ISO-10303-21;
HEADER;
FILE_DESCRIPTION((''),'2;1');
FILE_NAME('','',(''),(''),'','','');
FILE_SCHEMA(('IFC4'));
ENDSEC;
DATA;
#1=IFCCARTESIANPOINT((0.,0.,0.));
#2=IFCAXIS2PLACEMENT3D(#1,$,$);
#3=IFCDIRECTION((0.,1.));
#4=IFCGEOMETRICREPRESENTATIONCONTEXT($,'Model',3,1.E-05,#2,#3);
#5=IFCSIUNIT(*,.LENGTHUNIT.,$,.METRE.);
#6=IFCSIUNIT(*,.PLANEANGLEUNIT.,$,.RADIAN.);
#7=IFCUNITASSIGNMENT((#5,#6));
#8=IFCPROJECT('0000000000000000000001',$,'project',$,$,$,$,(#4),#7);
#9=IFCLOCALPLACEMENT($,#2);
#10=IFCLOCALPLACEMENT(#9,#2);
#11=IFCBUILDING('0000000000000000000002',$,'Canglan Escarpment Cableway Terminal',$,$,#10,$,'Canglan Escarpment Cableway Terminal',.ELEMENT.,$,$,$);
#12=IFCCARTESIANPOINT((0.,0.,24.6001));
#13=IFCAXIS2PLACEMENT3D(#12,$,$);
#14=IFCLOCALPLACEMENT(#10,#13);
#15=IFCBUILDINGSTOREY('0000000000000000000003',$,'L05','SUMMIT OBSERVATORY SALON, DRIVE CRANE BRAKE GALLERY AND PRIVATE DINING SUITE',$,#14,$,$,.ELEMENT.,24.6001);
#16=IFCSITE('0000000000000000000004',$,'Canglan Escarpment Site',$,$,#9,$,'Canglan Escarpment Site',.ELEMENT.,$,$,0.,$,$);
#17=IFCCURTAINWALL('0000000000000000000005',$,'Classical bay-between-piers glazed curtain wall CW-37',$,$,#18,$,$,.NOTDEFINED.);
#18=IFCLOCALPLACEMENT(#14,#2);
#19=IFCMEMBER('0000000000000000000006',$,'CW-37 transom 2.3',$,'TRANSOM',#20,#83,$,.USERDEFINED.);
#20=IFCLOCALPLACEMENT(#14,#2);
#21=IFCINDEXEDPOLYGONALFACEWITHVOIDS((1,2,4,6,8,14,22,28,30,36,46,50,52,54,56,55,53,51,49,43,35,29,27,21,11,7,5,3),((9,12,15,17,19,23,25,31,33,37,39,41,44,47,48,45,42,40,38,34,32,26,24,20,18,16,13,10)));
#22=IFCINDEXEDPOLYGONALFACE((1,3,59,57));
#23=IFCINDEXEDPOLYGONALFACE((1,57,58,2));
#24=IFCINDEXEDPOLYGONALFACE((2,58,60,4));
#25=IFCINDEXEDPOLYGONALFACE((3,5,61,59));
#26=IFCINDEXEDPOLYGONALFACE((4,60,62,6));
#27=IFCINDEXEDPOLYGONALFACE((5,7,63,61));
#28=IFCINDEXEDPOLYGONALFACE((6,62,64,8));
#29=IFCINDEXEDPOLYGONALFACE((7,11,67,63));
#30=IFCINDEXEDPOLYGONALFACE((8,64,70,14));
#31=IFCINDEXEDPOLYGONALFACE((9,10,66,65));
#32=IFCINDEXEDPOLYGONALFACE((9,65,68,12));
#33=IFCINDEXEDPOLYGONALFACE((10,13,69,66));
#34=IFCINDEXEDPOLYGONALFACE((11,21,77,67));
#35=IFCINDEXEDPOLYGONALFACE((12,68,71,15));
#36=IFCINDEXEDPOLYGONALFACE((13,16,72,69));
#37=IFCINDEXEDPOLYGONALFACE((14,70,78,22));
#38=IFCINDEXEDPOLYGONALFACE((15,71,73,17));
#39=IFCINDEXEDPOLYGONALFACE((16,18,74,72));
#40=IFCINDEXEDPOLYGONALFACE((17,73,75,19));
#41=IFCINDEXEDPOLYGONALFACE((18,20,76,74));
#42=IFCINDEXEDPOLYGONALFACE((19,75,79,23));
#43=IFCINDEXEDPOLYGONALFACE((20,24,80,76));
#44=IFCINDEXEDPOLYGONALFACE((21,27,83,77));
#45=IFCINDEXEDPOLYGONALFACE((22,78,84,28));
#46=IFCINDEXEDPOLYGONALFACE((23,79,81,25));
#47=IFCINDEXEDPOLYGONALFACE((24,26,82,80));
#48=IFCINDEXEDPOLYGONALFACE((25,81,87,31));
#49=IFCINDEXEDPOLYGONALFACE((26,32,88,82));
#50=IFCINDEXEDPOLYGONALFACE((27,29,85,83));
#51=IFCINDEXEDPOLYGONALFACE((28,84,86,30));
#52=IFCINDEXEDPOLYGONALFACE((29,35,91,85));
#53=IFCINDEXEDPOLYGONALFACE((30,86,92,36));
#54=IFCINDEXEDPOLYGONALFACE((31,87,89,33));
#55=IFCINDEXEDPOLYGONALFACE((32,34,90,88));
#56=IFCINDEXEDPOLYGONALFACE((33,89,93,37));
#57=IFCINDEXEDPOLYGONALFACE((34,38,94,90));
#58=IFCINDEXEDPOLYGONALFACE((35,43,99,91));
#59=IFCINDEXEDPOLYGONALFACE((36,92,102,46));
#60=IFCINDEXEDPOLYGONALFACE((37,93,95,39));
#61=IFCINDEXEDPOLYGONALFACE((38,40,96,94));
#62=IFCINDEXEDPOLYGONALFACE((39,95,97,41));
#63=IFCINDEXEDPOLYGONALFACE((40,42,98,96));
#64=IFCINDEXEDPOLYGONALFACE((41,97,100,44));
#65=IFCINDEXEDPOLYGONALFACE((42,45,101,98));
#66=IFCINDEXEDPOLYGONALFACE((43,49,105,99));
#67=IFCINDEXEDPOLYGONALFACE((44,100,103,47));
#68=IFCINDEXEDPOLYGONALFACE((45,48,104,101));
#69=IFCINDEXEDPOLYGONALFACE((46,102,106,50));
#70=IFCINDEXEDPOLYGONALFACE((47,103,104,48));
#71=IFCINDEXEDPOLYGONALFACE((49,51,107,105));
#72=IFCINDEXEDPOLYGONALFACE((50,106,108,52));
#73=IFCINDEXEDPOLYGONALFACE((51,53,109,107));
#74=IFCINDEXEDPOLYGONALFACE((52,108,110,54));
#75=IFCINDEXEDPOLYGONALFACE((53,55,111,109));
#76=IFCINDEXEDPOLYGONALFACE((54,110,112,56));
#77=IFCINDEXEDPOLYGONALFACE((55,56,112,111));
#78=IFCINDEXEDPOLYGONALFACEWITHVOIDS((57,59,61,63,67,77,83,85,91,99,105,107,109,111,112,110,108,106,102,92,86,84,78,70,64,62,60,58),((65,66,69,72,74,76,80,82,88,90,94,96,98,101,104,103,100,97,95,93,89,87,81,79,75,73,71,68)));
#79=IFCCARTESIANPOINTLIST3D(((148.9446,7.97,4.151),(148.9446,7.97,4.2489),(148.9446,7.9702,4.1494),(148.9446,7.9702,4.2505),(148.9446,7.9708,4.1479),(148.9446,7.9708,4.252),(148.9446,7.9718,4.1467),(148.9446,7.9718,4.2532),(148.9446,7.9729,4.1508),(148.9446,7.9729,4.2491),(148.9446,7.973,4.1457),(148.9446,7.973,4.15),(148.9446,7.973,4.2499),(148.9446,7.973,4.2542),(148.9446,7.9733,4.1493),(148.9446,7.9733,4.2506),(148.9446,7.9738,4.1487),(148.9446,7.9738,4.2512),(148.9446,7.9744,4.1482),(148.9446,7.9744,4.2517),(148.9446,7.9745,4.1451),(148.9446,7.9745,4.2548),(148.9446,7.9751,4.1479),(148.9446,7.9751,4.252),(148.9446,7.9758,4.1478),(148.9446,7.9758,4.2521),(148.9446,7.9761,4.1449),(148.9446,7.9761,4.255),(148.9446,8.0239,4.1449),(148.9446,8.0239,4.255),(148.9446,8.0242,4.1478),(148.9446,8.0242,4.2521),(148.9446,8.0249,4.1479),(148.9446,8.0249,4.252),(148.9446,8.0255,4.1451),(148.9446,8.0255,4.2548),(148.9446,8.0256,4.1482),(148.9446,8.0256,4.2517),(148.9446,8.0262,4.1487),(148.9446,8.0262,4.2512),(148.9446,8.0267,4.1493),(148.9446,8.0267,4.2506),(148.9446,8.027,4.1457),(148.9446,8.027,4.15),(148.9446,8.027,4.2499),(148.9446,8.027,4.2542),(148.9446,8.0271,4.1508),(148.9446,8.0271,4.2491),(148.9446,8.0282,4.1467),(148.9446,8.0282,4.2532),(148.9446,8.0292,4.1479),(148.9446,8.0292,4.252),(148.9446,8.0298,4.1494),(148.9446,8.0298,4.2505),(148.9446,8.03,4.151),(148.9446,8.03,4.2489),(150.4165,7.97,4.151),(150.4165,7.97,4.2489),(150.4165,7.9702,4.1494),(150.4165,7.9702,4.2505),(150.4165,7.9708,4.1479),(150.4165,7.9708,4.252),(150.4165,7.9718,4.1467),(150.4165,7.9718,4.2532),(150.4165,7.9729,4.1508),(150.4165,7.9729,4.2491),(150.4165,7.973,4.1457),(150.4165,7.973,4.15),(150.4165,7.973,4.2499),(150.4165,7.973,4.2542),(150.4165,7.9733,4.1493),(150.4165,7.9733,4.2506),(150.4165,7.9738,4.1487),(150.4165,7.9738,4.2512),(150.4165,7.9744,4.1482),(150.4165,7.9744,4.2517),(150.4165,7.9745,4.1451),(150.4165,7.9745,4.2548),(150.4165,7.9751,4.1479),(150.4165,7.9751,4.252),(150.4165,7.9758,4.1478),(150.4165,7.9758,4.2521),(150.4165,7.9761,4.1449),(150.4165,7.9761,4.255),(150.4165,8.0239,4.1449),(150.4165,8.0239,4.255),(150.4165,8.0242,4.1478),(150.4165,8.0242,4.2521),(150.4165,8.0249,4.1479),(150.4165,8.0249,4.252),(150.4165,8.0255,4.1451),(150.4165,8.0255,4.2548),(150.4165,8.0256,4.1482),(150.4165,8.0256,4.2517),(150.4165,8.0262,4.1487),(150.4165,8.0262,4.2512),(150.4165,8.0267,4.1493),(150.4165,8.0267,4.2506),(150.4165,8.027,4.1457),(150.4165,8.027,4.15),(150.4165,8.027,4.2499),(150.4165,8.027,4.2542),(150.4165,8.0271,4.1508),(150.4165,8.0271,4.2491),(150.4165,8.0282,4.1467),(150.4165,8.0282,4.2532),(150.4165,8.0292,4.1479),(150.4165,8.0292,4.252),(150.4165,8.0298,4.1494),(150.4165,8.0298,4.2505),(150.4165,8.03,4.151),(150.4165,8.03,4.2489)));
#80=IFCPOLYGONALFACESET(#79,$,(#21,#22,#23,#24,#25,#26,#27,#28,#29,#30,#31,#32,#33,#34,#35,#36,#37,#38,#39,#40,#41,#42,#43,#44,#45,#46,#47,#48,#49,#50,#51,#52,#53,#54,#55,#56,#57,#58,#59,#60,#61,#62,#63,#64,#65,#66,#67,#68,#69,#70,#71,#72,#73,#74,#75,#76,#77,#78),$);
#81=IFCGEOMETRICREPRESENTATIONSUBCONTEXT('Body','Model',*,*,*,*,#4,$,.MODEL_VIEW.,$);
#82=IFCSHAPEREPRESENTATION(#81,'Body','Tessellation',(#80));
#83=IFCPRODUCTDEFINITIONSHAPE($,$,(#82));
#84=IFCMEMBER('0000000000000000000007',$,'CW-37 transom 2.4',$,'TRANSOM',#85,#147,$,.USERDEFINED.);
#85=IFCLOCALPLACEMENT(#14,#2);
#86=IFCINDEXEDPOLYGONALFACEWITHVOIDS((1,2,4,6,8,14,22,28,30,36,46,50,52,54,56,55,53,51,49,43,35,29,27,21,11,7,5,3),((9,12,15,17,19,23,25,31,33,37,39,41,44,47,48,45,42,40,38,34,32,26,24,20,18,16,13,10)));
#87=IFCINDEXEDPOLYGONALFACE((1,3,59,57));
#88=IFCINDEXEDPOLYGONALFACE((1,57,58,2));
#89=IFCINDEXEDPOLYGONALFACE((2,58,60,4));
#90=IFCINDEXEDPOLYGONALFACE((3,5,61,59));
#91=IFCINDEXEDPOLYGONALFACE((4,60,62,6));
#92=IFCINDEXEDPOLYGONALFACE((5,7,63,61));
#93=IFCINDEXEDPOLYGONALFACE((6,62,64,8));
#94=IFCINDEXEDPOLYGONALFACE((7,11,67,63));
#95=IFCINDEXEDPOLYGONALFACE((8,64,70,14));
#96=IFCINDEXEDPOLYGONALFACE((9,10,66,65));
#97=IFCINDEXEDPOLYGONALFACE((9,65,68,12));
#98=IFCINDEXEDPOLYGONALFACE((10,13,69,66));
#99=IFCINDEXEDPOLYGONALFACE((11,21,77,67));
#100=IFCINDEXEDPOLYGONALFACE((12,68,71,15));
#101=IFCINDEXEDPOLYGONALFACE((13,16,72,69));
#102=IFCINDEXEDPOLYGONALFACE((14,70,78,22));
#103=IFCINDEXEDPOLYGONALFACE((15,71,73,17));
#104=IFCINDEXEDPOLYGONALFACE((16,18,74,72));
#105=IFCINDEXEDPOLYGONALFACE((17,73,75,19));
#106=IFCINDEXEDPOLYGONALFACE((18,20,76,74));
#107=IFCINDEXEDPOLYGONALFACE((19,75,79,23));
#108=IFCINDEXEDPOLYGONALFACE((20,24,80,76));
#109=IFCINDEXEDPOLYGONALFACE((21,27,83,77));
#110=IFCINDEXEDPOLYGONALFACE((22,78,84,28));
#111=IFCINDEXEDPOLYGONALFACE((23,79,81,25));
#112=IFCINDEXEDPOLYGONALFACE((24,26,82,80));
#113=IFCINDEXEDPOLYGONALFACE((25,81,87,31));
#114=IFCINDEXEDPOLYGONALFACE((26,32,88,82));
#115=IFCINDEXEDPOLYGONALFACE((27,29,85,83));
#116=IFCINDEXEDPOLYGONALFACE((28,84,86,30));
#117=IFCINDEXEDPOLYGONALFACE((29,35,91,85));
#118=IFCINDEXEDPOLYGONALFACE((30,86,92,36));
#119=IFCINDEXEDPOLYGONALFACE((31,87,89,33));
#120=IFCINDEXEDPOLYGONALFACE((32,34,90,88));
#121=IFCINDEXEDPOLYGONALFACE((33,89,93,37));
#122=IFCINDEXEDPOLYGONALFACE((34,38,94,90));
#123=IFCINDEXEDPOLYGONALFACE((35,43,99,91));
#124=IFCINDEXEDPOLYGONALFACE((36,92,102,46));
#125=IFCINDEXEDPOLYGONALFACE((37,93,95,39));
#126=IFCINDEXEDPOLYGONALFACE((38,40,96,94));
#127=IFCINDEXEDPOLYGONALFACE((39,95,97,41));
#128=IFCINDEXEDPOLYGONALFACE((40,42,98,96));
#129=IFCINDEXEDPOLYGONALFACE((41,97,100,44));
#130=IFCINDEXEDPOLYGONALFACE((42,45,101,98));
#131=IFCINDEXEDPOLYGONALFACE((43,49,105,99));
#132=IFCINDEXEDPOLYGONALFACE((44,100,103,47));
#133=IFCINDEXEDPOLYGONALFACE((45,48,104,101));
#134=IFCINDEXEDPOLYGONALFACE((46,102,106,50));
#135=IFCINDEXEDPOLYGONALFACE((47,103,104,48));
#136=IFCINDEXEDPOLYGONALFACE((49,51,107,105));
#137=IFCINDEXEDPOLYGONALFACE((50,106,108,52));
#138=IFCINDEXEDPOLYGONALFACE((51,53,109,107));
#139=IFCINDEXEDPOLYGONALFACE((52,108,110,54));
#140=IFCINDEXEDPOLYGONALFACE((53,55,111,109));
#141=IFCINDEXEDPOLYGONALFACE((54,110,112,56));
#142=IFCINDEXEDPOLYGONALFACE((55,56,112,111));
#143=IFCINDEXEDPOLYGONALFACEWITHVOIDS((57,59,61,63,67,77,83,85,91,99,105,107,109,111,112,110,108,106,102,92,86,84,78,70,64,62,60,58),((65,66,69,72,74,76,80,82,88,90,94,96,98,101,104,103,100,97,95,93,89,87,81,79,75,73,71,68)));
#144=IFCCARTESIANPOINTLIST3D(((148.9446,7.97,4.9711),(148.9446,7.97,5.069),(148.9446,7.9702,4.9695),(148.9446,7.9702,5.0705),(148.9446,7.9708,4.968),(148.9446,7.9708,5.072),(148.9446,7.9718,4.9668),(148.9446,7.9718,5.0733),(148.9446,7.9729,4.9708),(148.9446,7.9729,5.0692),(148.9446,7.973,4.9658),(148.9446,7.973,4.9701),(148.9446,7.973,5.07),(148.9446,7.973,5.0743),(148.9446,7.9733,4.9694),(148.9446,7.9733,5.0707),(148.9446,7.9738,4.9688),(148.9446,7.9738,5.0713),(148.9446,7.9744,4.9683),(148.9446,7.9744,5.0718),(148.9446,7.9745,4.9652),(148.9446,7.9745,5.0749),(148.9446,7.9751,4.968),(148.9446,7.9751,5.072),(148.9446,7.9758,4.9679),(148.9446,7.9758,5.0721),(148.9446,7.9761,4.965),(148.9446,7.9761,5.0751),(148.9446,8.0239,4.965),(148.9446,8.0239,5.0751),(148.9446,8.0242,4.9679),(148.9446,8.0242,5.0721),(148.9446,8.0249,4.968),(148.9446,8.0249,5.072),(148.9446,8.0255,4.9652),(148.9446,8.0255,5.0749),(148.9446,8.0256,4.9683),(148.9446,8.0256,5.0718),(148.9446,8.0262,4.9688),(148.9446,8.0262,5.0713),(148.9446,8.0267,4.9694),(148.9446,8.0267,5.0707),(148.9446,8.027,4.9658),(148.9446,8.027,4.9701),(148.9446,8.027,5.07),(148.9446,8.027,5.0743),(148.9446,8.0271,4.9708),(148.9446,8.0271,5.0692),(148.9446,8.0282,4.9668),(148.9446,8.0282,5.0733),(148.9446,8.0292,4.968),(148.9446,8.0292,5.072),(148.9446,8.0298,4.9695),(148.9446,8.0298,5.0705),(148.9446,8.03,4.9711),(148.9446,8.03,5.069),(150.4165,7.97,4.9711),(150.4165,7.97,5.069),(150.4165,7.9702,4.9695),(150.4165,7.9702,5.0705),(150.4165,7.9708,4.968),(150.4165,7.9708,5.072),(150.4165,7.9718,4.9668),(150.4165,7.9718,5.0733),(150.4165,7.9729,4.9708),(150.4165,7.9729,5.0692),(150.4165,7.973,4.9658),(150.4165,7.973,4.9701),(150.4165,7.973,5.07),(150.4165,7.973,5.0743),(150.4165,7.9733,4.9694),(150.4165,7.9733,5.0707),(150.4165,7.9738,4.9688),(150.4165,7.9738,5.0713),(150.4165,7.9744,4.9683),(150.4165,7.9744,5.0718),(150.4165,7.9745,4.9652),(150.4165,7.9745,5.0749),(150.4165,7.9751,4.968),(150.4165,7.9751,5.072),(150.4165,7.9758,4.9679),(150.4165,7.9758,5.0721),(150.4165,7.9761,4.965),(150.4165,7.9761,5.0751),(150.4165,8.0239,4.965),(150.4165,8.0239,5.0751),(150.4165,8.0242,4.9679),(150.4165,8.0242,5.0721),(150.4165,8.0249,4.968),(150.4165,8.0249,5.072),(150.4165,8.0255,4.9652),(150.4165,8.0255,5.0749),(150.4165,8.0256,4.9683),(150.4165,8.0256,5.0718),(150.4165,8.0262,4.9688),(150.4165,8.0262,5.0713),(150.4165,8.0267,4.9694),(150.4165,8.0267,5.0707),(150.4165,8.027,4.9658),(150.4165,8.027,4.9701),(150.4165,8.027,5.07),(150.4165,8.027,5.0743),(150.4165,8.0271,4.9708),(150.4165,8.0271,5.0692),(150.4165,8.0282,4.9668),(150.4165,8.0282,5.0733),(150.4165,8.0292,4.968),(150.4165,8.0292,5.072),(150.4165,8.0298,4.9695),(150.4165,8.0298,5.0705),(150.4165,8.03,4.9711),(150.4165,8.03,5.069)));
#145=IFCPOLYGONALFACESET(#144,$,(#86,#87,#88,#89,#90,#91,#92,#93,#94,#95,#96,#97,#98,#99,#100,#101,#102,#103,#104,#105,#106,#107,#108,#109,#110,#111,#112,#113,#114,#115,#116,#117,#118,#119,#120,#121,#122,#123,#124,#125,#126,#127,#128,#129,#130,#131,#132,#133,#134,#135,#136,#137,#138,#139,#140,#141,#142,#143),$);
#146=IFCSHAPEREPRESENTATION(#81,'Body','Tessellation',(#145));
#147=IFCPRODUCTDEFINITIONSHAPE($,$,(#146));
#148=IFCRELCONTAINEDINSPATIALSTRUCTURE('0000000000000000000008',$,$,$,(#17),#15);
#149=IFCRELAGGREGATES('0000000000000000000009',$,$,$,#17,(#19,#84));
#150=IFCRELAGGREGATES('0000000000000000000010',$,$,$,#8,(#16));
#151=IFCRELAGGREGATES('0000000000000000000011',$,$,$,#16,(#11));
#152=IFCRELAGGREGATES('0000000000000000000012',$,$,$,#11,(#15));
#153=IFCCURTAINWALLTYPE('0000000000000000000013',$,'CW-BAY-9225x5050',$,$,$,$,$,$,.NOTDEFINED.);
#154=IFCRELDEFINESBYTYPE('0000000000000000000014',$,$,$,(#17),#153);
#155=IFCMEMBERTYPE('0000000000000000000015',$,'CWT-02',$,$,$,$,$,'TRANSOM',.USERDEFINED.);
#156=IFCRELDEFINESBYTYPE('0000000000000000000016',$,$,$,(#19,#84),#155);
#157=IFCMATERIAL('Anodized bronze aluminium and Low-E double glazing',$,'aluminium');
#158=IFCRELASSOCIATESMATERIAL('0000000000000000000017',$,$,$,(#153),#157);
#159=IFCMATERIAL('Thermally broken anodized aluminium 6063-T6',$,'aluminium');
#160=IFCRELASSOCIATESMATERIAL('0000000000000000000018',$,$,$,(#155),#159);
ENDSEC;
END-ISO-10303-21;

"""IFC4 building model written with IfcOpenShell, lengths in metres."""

from ifc_helpers import new_model, si_unit, direction, frame, origin, origin_2d, place, context, subcontext, project, spatial, hollow_rectangle, extrude, material, material_profile, profile_set, type_object, element, aggregate, save


model = new_model("IFC4")

# Units and contexts
model_context = context("Model", 3, precision=1e-05, world=origin(), true_north=direction((0.0, 1.0)))
body_context = subcontext(model_context, "Body", "Model", "MODEL_VIEW")
ifc_project = project(units=[si_unit("LENGTHUNIT", "METRE"), si_unit("PLANEANGLEUNIT", "RADIAN")], contexts=[model_context])

# Site, building, storey
site_placement = place(None, origin())
site = spatial("IfcSite", under=ifc_project, at=site_placement, Name="Canglan Escarpment Site", LongName="Canglan Escarpment Site", CompositionType="ELEMENT", RefElevation=0.0)
building_placement = place(site_placement, origin())
building = spatial("IfcBuilding", under=site, at=building_placement, Name="Canglan Escarpment Cableway Terminal", LongName="Canglan Escarpment Cableway Terminal", CompositionType="ELEMENT")
storey_placement = place(building_placement, frame((0.0, 0.0, 24.6001)))
storey = spatial("IfcBuildingStorey", under=building, at=storey_placement, Name="L05", Description="SUMMIT OBSERVATORY SALON, DRIVE CRANE BRAKE GALLERY AND PRIVATE DINING SUITE", CompositionType="ELEMENT", Elevation=24.6001)

# Curtain wall, members
ifc_material_1 = material(Name="Anodized bronze aluminium and Low-E double glazing", Category="aluminium")
curtain_wall_type = type_object("IfcCurtainWallType", Name="CW-BAY-9225x5050", PredefinedType="NOTDEFINED", material=ifc_material_1)
curtain_wall_placement = place(storey_placement, origin())
curtain_wall = element("IfcCurtainWall", 1, at=curtain_wall_placement, inside=storey, type_object=curtain_wall_type, Name="Classical bay-between-piers glazed curtain wall CW-37", PredefinedType="NOTDEFINED")
ifc_material_2 = material(Name="Thermally broken anodized aluminium 6063-T6", Category="aluminium")
ifc_material_profile_1 = material_profile(ifc_material_2, hollow_rectangle(XDim=0.0601, YDim=0.1101, WallThickness=0.0029, InnerFilletRadius=0.0029, OuterFilletRadius=0.0061, at=origin_2d()), Name="ALU-TRAN 60x110x3")
ifc_profile_set_1 = profile_set([ifc_material_profile_1], Name="Thermally broken anodized aluminium 6063-T6")
member_type_1 = type_object("IfcMemberType", Name="CWT-02", ElementType="TRANSOM", PredefinedType="USERDEFINED", material=ifc_profile_set_1)
member_1_placement = place(storey_placement, frame((148.9446, 8.0, 4.2), z_axis=(1.0, 0.0, 0.0), x_axis=(0.0, 1.0, 0.0)))
member_1 = element("IfcMember", 2, at=member_1_placement, type_object=member_type_1, Name="CW-37 transom 2.3", ObjectType="TRANSOM", PredefinedType="USERDEFINED", context=body_context, shape_type="SweptSolid", body=[
    extrude(hollow_rectangle(XDim=0.0601, YDim=0.1101, WallThickness=0.0029, InnerFilletRadius=0.0029, OuterFilletRadius=0.0061, at=origin_2d()), origin(), (0.0, 0.0, 1.0), 1.4719),
])
member_2_placement = place(storey_placement, frame((148.9446, 8.0, 5.02), z_axis=(1.0, 0.0, 0.0), x_axis=(0.0, 1.0, 0.0)))
member_2 = element("IfcMember", 3, at=member_2_placement, type_object=member_type_1, Name="CW-37 transom 2.4", ObjectType="TRANSOM", PredefinedType="USERDEFINED", context=body_context, shape_type="SweptSolid", body=[
    extrude(hollow_rectangle(XDim=0.0601, YDim=0.1101, WallThickness=0.0029, InnerFilletRadius=0.0029, OuterFilletRadius=0.0061, at=origin_2d()), origin(), (0.0, 0.0, 1.0), 1.4719),
])

aggregate(curtain_wall, [member_1, member_2])

save(model, "model.ifc")
